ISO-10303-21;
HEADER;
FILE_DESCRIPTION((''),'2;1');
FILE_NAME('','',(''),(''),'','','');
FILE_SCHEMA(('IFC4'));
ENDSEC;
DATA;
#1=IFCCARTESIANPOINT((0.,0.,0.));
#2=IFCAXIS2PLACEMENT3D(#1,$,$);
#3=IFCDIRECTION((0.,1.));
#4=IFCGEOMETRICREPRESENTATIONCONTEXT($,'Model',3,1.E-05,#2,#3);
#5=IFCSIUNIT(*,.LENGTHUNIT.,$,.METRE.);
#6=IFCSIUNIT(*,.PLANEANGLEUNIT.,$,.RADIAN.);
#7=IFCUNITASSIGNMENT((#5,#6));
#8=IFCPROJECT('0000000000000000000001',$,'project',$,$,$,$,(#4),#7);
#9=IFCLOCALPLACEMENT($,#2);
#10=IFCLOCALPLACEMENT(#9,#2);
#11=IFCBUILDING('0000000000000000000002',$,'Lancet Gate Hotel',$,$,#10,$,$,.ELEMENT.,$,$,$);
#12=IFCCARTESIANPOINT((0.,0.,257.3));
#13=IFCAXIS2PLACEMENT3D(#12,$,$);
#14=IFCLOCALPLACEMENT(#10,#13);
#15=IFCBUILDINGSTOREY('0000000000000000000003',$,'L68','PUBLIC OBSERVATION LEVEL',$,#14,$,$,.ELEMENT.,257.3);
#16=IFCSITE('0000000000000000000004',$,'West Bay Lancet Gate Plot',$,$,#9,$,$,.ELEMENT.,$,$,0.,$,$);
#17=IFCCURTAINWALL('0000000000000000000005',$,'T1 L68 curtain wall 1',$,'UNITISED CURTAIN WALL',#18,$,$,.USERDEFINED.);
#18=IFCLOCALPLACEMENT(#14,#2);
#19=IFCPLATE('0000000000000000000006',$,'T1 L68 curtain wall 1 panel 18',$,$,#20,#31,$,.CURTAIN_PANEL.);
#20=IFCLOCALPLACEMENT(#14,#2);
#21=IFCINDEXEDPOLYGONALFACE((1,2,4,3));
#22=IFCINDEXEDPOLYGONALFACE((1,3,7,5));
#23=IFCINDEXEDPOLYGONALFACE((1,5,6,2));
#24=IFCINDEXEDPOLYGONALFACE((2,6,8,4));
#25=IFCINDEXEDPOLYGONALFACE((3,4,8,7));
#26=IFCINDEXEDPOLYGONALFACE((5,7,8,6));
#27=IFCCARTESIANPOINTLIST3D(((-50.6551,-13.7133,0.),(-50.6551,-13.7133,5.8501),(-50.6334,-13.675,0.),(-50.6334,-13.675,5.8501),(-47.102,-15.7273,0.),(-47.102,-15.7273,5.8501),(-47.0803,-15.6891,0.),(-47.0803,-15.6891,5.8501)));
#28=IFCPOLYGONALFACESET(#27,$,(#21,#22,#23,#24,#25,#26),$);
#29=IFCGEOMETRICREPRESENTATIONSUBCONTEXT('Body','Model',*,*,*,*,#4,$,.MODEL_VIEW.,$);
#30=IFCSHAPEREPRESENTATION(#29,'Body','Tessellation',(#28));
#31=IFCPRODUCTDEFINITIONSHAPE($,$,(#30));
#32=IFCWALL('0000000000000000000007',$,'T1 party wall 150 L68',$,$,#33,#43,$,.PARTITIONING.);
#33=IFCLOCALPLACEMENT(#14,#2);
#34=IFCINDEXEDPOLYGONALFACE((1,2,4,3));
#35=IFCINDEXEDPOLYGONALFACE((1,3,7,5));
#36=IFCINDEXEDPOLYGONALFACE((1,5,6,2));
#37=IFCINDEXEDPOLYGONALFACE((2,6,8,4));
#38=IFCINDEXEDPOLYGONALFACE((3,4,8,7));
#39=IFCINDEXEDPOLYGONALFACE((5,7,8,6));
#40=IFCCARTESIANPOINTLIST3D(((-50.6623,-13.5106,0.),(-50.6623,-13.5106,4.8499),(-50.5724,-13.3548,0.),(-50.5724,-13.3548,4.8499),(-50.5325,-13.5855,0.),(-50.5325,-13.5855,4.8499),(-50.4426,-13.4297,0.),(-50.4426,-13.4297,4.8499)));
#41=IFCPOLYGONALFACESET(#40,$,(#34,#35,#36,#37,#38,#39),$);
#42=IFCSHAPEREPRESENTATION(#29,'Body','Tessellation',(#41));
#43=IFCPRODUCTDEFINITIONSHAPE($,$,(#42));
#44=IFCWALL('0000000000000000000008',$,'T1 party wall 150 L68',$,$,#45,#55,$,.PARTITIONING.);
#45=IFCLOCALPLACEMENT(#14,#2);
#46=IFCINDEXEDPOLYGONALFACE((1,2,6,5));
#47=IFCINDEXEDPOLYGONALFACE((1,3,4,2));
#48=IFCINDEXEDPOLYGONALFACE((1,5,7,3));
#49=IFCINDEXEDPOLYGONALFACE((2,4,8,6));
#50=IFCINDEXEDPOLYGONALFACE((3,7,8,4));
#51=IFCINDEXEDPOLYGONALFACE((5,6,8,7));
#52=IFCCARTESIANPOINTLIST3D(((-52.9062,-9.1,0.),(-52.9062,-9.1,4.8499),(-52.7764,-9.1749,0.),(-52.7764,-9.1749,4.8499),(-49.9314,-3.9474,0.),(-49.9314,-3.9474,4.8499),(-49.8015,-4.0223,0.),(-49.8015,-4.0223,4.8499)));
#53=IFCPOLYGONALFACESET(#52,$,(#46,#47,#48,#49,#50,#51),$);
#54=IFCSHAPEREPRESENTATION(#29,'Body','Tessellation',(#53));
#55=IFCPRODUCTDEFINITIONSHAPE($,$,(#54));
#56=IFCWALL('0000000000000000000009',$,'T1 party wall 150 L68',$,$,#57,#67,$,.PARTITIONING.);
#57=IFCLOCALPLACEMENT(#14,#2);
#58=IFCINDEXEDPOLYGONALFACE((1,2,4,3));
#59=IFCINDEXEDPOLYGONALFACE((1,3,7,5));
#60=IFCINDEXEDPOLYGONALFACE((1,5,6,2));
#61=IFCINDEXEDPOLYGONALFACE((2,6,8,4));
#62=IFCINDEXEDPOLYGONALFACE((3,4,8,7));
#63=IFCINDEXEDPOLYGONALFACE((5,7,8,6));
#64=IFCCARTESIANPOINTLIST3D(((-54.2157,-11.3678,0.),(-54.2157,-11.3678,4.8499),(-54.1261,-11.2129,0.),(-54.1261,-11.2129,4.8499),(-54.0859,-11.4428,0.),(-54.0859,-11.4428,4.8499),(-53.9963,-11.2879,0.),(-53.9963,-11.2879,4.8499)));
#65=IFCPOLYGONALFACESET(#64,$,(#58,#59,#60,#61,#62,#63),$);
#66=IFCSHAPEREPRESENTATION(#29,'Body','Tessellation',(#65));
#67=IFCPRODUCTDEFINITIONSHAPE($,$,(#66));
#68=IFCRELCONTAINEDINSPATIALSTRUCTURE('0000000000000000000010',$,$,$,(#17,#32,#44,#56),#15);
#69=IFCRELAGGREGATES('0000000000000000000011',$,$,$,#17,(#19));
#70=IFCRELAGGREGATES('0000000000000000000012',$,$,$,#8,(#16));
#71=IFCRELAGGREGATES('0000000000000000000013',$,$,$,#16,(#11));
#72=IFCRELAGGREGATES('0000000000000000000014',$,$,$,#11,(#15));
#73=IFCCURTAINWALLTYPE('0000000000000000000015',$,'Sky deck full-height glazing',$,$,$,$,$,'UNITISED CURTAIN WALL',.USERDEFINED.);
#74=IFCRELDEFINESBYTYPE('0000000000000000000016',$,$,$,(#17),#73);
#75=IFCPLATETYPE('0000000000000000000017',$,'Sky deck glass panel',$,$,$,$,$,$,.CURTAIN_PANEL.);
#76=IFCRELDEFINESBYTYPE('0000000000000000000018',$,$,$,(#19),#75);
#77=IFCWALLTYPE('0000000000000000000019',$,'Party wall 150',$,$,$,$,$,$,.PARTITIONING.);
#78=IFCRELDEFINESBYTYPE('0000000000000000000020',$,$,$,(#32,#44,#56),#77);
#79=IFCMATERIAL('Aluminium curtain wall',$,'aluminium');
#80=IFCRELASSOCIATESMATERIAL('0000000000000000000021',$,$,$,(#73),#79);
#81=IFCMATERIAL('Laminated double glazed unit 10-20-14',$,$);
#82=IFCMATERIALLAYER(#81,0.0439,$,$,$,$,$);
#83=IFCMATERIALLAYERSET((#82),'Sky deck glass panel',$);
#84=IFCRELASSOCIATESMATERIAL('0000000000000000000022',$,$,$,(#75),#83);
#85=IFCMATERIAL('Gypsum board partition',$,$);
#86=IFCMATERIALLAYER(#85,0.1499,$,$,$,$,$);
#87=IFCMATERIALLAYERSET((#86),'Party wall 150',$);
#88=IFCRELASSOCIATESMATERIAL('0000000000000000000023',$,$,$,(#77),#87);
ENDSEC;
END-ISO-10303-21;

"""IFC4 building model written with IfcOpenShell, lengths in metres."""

from ifc_helpers import new_model, si_unit, direction, frame, frame_2d, origin, origin_2d, place, context, subcontext, project, spatial, rectangle, extrude, material, layer, layer_set, type_object, element, aggregate, save


model = new_model("IFC4")

# Units and contexts
model_context = context("Model", 3, precision=1e-05, world=origin(), true_north=direction((0.0, 1.0)))
body_context = subcontext(model_context, "Body", "Model", "MODEL_VIEW")
ifc_project = project(units=[si_unit("LENGTHUNIT", "METRE"), si_unit("PLANEANGLEUNIT", "RADIAN")], contexts=[model_context])

# Site, building, storey
site_placement = place(None, origin())
site = spatial("IfcSite", under=ifc_project, at=site_placement, Name="West Bay Lancet Gate Plot", CompositionType="ELEMENT", RefElevation=0.0)
building_placement = place(site_placement, origin())
building = spatial("IfcBuilding", under=site, at=building_placement, Name="Lancet Gate Hotel", CompositionType="ELEMENT")
storey_placement = place(building_placement, frame((0.0, 0.0, 257.3)))
storey = spatial("IfcBuildingStorey", under=building, at=storey_placement, Name="L68", Description="PUBLIC OBSERVATION LEVEL", CompositionType="ELEMENT", Elevation=257.3)

# Curtain wall
ifc_material_1 = material(Name="Aluminium curtain wall", Category="aluminium")
curtain_wall_type = type_object("IfcCurtainWallType", Name="Sky deck full-height glazing", ElementType="UNITISED CURTAIN WALL", PredefinedType="USERDEFINED", material=ifc_material_1)
curtain_wall_placement = place(storey_placement, origin())
curtain_wall = element("IfcCurtainWall", 1, at=curtain_wall_placement, inside=storey, type_object=curtain_wall_type, Name="T1 L68 curtain wall 1", ObjectType="UNITISED CURTAIN WALL", PredefinedType="USERDEFINED")

# Plate
ifc_material_2 = material(Name="Laminated double glazed unit 10-20-14")
ifc_layer_1 = layer(ifc_material_2, 0.0439)
ifc_layer_set_1 = layer_set([ifc_layer_1], Name="Sky deck glass panel")
plate_type = type_object("IfcPlateType", Name="Sky deck glass panel", PredefinedType="CURTAIN_PANEL", material=ifc_layer_set_1)
plate_1_placement = place(storey_placement, frame((-48.8677, -14.7012, 0.0), z_axis=(0.0, 0.0, 1.0), x_axis=(0.869958, -0.493126, 0.0)))
plate_1 = element("IfcPlate", 2, at=plate_1_placement, type_object=plate_type, Name="T1 L68 curtain wall 1 panel 18", PredefinedType="CURTAIN_PANEL", context=body_context, shape_type="SweptSolid", body=[
    extrude(rectangle(XDim=4.0842, YDim=0.0439, at=origin_2d()), origin(), (0.0, 0.0, 1.0), 5.8501),
])
aggregate(curtain_wall, [plate_1])

# Walls
ifc_material_3 = material(Name="Gypsum board partition")
ifc_layer_2 = layer(ifc_material_3, 0.1499)
ifc_layer_set_2 = layer_set([ifc_layer_2], Name="Party wall 150")
wall_type = type_object("IfcWallType", Name="Party wall 150", PredefinedType="PARTITIONING", material=ifc_layer_set_2)
wall_1_placement = place(storey_placement, frame((-50.5076, -13.3923, 0.0), z_axis=(0.0, 0.0, 1.0), x_axis=(-0.499644, -0.866231, 0.0)))
element("IfcWall", 3, at=wall_1_placement, inside=storey, type_object=wall_type, Name="T1 party wall 150 L68", PredefinedType="PARTITIONING", context=body_context, shape_type="SweptSolid", body=[
    extrude(rectangle(XDim=0.1799, YDim=0.1499, at=frame_2d((0.0898, 0.0))), origin(), (0.0, 0.0, 1.0), 4.8499),
])
wall_2_placement = place(storey_placement, frame((-49.8665, -3.9849, 0.0), z_axis=(0.0, 0.0, 1.0), x_axis=(-0.500001, -0.866025, 0.0)))
element("IfcWall", 4, at=wall_2_placement, inside=storey, type_object=wall_type, Name="T1 party wall 150 L68", PredefinedType="PARTITIONING", context=body_context, shape_type="SweptSolid", body=[
    extrude(rectangle(XDim=5.9497, YDim=0.1499, at=frame_2d((2.9749, 0.0))), origin(), (0.0, 0.0, 1.0), 4.8499),
])
wall_3_placement = place(storey_placement, frame((-54.0613, -11.2505, 0.0), z_axis=(0.0, 0.0, 1.0), x_axis=(-0.500391, -0.865799, 0.0)))
element("IfcWall", 5, at=wall_3_placement, inside=storey, type_object=wall_type, Name="T1 party wall 150 L68", PredefinedType="PARTITIONING", context=body_context, shape_type="SweptSolid", body=[
    extrude(rectangle(XDim=0.179, YDim=0.1499, at=frame_2d((0.0894, 0.0))), origin(), (0.0, 0.0, 1.0), 4.8499),
])

save(model, "model.ifc")
